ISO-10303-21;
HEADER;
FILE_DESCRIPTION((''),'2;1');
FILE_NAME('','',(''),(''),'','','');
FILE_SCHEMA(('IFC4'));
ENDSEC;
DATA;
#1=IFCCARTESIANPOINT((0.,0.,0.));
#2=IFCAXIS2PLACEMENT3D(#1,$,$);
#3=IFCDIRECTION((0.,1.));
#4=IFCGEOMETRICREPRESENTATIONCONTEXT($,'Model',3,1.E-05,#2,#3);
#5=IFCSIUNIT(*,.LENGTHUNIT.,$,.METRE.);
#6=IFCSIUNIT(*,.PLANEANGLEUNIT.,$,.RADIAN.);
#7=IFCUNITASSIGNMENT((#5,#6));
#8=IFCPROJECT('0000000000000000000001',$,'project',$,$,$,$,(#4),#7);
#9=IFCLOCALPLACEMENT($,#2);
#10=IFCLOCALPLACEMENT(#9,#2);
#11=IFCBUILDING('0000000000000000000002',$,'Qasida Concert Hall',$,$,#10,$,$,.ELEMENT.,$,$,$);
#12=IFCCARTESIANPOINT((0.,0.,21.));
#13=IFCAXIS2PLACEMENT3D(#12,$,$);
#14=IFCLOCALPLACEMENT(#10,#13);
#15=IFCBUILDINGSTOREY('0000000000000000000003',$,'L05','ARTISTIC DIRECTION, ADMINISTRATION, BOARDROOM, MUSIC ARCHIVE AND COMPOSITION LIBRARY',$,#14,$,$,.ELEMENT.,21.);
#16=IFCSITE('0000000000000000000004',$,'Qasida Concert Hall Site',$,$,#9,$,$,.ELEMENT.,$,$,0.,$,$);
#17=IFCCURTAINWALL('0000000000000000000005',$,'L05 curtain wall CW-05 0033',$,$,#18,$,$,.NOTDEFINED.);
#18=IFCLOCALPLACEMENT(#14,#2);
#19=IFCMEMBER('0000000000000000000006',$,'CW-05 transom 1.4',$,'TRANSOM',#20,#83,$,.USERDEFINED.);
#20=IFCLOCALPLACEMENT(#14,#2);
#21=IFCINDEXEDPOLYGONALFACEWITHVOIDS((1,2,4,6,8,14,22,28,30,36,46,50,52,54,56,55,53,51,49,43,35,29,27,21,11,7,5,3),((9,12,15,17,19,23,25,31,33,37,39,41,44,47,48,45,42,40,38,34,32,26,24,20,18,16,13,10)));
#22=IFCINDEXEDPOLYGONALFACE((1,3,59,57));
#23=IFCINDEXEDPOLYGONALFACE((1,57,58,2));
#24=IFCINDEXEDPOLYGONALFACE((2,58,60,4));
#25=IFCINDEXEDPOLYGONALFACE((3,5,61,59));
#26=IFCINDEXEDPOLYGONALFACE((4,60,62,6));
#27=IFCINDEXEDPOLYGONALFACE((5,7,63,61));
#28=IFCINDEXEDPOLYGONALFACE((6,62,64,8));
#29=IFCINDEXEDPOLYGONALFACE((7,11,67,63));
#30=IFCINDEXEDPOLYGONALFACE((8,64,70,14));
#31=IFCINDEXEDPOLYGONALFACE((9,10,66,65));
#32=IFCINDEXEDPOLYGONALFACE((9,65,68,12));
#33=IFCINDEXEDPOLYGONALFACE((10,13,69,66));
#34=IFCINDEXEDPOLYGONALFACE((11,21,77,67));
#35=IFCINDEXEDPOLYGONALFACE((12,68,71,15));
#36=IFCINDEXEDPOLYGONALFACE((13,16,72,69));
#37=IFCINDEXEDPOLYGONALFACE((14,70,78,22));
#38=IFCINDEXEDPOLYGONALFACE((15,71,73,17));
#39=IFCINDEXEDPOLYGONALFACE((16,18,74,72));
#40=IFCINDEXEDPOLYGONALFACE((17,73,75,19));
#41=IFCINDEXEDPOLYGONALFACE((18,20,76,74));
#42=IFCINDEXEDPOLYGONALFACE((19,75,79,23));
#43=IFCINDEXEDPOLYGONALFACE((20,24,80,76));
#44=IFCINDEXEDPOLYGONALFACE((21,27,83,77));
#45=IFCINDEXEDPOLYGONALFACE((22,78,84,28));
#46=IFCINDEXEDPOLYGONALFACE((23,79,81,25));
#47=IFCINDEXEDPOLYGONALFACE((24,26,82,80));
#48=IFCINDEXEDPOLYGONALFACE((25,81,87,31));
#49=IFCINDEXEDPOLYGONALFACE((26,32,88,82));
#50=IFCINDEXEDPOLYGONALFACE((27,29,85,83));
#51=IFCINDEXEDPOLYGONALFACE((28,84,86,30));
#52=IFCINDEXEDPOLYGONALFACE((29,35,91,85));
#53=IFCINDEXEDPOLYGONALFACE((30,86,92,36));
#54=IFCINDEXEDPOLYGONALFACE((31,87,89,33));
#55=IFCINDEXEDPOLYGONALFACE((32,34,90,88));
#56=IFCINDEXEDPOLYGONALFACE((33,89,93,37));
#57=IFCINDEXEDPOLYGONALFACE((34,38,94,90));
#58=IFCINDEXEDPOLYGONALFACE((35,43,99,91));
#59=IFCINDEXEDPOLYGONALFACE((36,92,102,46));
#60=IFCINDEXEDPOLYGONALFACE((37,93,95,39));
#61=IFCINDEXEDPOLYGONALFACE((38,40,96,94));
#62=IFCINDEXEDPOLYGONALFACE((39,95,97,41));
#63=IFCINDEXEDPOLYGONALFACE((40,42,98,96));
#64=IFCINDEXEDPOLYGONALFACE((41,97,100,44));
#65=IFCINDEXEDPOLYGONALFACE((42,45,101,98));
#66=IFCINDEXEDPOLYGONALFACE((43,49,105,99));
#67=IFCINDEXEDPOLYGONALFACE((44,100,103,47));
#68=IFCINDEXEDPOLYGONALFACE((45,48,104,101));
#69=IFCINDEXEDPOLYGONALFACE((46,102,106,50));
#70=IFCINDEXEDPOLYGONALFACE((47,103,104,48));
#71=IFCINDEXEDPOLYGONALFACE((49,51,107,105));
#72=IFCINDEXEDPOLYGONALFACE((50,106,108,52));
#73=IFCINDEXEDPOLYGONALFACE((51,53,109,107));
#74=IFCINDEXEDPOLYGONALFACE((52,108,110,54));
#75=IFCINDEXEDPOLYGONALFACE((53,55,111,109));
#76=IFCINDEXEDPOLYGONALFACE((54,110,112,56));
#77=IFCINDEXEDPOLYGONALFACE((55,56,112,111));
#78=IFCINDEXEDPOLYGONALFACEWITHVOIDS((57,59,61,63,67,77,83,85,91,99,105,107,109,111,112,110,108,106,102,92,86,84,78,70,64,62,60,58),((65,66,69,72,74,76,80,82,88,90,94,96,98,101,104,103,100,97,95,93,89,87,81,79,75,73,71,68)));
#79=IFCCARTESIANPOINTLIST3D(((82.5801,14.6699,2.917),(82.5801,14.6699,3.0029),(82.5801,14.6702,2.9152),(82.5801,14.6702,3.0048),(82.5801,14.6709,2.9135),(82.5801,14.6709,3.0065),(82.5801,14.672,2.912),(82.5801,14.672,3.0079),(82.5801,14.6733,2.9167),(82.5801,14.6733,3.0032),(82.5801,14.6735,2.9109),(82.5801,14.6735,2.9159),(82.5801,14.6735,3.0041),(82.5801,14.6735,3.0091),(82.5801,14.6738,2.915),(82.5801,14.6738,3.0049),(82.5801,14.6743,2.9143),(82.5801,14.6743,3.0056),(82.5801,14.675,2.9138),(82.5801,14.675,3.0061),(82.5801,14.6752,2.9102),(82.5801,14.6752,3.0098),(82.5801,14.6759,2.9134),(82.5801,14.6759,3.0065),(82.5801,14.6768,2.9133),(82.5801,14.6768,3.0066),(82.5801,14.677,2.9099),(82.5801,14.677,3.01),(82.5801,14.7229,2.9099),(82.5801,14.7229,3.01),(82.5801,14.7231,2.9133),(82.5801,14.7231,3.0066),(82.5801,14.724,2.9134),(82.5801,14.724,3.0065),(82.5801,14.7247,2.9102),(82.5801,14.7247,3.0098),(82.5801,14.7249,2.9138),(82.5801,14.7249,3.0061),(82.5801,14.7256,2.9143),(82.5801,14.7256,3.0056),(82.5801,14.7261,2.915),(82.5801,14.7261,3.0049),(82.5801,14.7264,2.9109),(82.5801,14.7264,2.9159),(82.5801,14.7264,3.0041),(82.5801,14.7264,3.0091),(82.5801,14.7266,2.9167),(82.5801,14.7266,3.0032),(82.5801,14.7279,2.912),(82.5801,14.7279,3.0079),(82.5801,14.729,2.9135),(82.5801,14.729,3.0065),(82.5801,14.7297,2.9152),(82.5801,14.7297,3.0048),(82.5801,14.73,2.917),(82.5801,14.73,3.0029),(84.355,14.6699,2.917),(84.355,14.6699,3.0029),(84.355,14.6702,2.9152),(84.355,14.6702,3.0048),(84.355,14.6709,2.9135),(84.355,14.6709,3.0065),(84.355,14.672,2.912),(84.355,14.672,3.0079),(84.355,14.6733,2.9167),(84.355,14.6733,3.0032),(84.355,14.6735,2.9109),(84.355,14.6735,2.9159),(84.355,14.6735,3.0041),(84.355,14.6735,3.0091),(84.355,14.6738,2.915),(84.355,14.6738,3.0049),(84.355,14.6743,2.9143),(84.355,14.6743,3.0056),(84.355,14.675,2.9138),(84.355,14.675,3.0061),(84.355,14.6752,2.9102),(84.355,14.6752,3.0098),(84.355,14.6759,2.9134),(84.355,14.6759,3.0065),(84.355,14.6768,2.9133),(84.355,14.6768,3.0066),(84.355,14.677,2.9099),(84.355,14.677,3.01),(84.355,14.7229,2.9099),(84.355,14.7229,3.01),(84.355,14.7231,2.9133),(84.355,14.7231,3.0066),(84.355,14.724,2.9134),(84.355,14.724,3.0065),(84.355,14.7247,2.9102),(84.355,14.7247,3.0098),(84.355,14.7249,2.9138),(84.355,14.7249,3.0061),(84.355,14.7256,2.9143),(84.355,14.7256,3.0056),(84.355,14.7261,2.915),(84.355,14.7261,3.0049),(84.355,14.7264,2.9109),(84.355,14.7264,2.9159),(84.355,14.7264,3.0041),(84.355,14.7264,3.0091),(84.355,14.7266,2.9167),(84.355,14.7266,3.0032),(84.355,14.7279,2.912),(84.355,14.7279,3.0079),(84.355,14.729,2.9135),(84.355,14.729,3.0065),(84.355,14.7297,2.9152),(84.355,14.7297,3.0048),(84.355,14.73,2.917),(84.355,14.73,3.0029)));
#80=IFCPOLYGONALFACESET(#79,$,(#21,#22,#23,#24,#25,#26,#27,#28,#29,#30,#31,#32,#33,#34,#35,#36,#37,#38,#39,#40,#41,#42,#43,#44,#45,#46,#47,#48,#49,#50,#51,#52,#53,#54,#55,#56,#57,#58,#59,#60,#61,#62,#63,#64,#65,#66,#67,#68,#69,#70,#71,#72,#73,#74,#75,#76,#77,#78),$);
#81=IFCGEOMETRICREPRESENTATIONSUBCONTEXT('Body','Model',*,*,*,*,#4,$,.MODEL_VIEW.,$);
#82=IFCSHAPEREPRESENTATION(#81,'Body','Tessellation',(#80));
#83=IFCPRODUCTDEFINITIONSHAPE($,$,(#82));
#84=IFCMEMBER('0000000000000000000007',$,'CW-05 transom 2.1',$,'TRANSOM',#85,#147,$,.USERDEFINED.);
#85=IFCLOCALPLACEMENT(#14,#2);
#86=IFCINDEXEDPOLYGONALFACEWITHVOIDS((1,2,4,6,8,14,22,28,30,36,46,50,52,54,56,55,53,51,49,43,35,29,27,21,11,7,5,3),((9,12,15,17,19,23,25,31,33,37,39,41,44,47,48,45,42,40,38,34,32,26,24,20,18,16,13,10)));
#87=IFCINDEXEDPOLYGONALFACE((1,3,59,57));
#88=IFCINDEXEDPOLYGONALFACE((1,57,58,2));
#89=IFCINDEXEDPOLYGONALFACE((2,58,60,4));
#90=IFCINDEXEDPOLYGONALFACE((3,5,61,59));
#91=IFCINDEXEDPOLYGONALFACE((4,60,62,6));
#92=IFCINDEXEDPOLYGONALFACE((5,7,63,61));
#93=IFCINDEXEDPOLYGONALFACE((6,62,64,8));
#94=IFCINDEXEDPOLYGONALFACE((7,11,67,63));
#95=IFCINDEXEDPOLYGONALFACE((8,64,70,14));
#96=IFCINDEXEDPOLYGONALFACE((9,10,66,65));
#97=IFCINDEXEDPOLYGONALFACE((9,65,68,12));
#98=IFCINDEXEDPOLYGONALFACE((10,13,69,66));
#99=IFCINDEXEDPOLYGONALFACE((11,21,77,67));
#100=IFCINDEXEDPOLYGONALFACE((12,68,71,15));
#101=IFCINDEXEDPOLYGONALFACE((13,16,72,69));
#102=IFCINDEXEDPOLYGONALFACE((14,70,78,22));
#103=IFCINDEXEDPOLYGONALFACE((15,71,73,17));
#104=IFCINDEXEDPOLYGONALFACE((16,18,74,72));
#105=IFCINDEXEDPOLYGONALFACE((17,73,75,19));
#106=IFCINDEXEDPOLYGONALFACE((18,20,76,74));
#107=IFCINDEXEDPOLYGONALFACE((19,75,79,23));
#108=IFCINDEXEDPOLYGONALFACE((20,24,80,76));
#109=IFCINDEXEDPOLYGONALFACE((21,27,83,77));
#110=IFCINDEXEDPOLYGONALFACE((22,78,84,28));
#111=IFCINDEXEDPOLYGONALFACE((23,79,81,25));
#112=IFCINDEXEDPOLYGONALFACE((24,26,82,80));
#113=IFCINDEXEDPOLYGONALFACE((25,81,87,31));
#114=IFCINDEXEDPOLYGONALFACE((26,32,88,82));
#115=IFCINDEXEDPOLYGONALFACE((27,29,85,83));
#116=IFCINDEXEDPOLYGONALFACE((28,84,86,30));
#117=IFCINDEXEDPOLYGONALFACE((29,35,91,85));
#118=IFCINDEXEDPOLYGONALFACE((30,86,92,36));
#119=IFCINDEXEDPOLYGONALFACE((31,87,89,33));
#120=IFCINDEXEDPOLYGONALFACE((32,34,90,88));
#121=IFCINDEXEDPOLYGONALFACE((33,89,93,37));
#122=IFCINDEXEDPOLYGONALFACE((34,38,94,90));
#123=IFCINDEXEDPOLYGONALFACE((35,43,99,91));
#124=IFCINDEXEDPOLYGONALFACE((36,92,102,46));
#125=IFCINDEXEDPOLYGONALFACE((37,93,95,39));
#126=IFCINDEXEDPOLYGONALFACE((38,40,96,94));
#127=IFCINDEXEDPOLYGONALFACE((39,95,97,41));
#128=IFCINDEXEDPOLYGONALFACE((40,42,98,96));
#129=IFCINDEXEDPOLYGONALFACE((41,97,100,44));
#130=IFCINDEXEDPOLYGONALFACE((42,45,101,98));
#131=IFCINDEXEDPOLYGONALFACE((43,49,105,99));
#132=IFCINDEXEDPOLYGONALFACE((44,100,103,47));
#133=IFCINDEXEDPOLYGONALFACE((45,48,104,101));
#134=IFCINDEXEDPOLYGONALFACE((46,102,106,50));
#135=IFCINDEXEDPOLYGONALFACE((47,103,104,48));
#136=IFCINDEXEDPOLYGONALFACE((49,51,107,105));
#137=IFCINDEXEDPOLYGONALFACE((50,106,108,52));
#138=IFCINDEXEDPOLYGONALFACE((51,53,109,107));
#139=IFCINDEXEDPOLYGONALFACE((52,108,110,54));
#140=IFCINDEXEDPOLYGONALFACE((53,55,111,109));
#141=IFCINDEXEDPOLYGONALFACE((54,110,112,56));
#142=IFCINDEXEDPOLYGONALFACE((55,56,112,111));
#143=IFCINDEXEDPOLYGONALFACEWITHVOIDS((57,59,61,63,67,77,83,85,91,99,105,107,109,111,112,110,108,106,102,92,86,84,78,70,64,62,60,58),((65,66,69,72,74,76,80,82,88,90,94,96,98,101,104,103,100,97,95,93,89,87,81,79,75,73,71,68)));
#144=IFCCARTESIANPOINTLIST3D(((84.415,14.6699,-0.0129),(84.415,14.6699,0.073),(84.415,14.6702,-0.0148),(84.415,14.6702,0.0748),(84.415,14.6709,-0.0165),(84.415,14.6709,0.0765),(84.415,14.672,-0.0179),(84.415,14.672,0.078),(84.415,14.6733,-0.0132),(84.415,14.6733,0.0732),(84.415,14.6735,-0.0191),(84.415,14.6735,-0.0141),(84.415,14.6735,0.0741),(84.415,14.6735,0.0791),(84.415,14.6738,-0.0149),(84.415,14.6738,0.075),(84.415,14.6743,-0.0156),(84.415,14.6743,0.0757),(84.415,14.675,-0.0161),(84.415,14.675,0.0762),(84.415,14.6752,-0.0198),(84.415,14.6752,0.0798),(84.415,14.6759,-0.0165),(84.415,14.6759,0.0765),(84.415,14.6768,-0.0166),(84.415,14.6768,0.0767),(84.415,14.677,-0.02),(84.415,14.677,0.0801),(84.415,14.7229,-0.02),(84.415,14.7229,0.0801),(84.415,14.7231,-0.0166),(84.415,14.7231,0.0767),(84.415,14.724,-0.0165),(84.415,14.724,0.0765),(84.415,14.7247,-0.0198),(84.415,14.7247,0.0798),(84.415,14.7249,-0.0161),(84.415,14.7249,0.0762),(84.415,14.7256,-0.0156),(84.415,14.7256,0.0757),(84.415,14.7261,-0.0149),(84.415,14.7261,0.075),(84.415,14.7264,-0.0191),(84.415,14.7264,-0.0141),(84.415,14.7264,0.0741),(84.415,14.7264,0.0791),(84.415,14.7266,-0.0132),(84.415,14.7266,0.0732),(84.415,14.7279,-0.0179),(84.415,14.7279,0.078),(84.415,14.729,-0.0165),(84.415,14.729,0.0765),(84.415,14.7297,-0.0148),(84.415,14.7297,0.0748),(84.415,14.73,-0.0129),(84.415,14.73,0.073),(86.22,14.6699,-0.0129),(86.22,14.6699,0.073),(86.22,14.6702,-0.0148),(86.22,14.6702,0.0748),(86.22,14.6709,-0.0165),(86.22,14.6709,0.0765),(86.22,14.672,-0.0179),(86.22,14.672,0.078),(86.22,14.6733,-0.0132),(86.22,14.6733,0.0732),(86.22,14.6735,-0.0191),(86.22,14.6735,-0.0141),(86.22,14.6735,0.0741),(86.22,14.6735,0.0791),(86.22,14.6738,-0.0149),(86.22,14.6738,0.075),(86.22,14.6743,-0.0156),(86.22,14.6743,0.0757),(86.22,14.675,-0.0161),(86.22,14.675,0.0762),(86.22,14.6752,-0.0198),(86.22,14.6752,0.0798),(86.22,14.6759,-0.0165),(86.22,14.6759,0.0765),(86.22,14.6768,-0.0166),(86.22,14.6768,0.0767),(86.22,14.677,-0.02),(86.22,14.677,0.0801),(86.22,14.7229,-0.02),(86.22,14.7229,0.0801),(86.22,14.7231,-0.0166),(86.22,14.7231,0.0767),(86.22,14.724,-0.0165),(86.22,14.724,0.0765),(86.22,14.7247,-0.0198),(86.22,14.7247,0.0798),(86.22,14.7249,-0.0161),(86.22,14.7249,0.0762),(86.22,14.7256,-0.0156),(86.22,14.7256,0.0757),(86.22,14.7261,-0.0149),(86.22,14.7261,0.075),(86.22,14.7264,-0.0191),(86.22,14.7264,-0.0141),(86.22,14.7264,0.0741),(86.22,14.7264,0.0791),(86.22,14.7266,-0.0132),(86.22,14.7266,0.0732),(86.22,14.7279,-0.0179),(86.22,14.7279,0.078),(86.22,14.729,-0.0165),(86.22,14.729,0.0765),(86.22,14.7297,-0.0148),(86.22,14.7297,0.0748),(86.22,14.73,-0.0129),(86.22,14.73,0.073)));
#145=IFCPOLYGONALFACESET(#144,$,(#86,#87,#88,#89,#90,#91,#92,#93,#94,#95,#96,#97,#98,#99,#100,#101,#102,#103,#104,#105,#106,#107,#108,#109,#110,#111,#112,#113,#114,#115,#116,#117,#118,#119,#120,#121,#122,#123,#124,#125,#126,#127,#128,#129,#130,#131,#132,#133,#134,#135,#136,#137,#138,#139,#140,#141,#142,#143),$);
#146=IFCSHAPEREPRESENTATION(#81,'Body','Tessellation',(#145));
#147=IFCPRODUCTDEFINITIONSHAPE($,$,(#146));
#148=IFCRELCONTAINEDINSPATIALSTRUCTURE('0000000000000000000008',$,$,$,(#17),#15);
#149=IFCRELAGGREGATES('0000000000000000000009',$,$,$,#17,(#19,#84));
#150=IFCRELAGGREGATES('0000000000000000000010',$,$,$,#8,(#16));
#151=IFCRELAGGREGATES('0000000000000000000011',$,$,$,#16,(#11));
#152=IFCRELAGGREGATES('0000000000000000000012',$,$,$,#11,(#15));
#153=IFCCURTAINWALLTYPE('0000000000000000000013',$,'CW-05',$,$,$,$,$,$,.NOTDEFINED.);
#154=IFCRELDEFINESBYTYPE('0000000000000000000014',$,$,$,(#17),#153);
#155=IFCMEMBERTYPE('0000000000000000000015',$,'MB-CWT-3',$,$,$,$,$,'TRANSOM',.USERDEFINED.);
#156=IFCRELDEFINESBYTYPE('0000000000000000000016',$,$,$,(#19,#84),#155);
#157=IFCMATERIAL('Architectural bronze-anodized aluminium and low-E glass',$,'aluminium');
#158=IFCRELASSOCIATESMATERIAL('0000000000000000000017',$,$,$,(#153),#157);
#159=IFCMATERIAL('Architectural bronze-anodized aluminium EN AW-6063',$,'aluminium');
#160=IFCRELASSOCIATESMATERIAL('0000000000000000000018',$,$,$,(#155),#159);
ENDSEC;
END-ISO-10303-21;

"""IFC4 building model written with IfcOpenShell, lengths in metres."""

from ifc_helpers import new_model, si_unit, direction, frame, origin, origin_2d, place, context, subcontext, project, spatial, hollow_rectangle, extrude, material, material_profile, profile_set, type_object, element, aggregate, save


model = new_model("IFC4")

# Units and contexts
model_context = context("Model", 3, precision=1e-05, world=origin(), true_north=direction((0.0, 1.0)))
body_context = subcontext(model_context, "Body", "Model", "MODEL_VIEW")
ifc_project = project(units=[si_unit("LENGTHUNIT", "METRE"), si_unit("PLANEANGLEUNIT", "RADIAN")], contexts=[model_context])

# Site, building, storey
site_placement = place(None, origin())
site = spatial("IfcSite", under=ifc_project, at=site_placement, Name="Qasida Concert Hall Site", CompositionType="ELEMENT", RefElevation=0.0)
building_placement = place(site_placement, origin())
building = spatial("IfcBuilding", under=site, at=building_placement, Name="Qasida Concert Hall", CompositionType="ELEMENT")
storey_placement = place(building_placement, frame((0.0, 0.0, 21.0)))
storey = spatial("IfcBuildingStorey", under=building, at=storey_placement, Name="L05", Description="ARTISTIC DIRECTION, ADMINISTRATION, BOARDROOM, MUSIC ARCHIVE AND COMPOSITION LIBRARY", CompositionType="ELEMENT", Elevation=21.0)

# Shared definitions
ifc_material_1 = material(Name="Architectural bronze-anodized aluminium and low-E glass", Category="aluminium")
curtain_wall_type = type_object("IfcCurtainWallType", Name="CW-05", PredefinedType="NOTDEFINED", material=ifc_material_1)
ifc_material_2 = material(Name="Architectural bronze-anodized aluminium EN AW-6063", Category="aluminium")

# Curtain wall, members
curtain_wall_1_placement = place(storey_placement, origin())
curtain_wall_1 = element("IfcCurtainWall", 1, at=curtain_wall_1_placement, inside=storey, type_object=curtain_wall_type, Name="L05 curtain wall CW-05 0033", PredefinedType="NOTDEFINED")
ifc_material_profile_1 = material_profile(ifc_material_2, hollow_rectangle(XDim=0.0601, YDim=0.1001, WallThickness=0.0034, InnerFilletRadius=0.0034, OuterFilletRadius=0.0071, at=origin_2d()), Name="CWT 100x60x3.5")
ifc_profile_set_1 = profile_set([ifc_material_profile_1], Name="Architectural bronze-anodized aluminium EN AW-6063")
member_type_1 = type_object("IfcMemberType", Name="MB-CWT-3", ElementType="TRANSOM", PredefinedType="USERDEFINED", material=ifc_profile_set_1)
member_1_placement = place(storey_placement, frame((82.5801, 14.7, 2.96), z_axis=(1.0, 0.0, 0.0), x_axis=(0.0, 1.0, 0.0)))
member_1 = element("IfcMember", 2, at=member_1_placement, type_object=member_type_1, Name="CW-05 transom 1.4", ObjectType="TRANSOM", PredefinedType="USERDEFINED", context=body_context, shape_type="SweptSolid", body=[
    extrude(hollow_rectangle(XDim=0.0601, YDim=0.1001, WallThickness=0.0034, InnerFilletRadius=0.0034, OuterFilletRadius=0.0071, at=origin_2d()), origin(), (0.0, 0.0, 1.0), 1.7749),
])
member_2_placement = place(storey_placement, frame((84.415, 14.7, 0.03), z_axis=(1.0, 0.0, 0.0), x_axis=(0.0, 1.0, 0.0)))
member_2 = element("IfcMember", 3, at=member_2_placement, type_object=member_type_1, Name="CW-05 transom 2.1", ObjectType="TRANSOM", PredefinedType="USERDEFINED", context=body_context, shape_type="SweptSolid", body=[
    extrude(hollow_rectangle(XDim=0.0601, YDim=0.1001, WallThickness=0.0034, InnerFilletRadius=0.0034, OuterFilletRadius=0.0071, at=origin_2d()), origin(), (0.0, 0.0, 1.0), 1.8049),
])

aggregate(curtain_wall_1, [member_1, member_2])

save(model, "model.ifc")
